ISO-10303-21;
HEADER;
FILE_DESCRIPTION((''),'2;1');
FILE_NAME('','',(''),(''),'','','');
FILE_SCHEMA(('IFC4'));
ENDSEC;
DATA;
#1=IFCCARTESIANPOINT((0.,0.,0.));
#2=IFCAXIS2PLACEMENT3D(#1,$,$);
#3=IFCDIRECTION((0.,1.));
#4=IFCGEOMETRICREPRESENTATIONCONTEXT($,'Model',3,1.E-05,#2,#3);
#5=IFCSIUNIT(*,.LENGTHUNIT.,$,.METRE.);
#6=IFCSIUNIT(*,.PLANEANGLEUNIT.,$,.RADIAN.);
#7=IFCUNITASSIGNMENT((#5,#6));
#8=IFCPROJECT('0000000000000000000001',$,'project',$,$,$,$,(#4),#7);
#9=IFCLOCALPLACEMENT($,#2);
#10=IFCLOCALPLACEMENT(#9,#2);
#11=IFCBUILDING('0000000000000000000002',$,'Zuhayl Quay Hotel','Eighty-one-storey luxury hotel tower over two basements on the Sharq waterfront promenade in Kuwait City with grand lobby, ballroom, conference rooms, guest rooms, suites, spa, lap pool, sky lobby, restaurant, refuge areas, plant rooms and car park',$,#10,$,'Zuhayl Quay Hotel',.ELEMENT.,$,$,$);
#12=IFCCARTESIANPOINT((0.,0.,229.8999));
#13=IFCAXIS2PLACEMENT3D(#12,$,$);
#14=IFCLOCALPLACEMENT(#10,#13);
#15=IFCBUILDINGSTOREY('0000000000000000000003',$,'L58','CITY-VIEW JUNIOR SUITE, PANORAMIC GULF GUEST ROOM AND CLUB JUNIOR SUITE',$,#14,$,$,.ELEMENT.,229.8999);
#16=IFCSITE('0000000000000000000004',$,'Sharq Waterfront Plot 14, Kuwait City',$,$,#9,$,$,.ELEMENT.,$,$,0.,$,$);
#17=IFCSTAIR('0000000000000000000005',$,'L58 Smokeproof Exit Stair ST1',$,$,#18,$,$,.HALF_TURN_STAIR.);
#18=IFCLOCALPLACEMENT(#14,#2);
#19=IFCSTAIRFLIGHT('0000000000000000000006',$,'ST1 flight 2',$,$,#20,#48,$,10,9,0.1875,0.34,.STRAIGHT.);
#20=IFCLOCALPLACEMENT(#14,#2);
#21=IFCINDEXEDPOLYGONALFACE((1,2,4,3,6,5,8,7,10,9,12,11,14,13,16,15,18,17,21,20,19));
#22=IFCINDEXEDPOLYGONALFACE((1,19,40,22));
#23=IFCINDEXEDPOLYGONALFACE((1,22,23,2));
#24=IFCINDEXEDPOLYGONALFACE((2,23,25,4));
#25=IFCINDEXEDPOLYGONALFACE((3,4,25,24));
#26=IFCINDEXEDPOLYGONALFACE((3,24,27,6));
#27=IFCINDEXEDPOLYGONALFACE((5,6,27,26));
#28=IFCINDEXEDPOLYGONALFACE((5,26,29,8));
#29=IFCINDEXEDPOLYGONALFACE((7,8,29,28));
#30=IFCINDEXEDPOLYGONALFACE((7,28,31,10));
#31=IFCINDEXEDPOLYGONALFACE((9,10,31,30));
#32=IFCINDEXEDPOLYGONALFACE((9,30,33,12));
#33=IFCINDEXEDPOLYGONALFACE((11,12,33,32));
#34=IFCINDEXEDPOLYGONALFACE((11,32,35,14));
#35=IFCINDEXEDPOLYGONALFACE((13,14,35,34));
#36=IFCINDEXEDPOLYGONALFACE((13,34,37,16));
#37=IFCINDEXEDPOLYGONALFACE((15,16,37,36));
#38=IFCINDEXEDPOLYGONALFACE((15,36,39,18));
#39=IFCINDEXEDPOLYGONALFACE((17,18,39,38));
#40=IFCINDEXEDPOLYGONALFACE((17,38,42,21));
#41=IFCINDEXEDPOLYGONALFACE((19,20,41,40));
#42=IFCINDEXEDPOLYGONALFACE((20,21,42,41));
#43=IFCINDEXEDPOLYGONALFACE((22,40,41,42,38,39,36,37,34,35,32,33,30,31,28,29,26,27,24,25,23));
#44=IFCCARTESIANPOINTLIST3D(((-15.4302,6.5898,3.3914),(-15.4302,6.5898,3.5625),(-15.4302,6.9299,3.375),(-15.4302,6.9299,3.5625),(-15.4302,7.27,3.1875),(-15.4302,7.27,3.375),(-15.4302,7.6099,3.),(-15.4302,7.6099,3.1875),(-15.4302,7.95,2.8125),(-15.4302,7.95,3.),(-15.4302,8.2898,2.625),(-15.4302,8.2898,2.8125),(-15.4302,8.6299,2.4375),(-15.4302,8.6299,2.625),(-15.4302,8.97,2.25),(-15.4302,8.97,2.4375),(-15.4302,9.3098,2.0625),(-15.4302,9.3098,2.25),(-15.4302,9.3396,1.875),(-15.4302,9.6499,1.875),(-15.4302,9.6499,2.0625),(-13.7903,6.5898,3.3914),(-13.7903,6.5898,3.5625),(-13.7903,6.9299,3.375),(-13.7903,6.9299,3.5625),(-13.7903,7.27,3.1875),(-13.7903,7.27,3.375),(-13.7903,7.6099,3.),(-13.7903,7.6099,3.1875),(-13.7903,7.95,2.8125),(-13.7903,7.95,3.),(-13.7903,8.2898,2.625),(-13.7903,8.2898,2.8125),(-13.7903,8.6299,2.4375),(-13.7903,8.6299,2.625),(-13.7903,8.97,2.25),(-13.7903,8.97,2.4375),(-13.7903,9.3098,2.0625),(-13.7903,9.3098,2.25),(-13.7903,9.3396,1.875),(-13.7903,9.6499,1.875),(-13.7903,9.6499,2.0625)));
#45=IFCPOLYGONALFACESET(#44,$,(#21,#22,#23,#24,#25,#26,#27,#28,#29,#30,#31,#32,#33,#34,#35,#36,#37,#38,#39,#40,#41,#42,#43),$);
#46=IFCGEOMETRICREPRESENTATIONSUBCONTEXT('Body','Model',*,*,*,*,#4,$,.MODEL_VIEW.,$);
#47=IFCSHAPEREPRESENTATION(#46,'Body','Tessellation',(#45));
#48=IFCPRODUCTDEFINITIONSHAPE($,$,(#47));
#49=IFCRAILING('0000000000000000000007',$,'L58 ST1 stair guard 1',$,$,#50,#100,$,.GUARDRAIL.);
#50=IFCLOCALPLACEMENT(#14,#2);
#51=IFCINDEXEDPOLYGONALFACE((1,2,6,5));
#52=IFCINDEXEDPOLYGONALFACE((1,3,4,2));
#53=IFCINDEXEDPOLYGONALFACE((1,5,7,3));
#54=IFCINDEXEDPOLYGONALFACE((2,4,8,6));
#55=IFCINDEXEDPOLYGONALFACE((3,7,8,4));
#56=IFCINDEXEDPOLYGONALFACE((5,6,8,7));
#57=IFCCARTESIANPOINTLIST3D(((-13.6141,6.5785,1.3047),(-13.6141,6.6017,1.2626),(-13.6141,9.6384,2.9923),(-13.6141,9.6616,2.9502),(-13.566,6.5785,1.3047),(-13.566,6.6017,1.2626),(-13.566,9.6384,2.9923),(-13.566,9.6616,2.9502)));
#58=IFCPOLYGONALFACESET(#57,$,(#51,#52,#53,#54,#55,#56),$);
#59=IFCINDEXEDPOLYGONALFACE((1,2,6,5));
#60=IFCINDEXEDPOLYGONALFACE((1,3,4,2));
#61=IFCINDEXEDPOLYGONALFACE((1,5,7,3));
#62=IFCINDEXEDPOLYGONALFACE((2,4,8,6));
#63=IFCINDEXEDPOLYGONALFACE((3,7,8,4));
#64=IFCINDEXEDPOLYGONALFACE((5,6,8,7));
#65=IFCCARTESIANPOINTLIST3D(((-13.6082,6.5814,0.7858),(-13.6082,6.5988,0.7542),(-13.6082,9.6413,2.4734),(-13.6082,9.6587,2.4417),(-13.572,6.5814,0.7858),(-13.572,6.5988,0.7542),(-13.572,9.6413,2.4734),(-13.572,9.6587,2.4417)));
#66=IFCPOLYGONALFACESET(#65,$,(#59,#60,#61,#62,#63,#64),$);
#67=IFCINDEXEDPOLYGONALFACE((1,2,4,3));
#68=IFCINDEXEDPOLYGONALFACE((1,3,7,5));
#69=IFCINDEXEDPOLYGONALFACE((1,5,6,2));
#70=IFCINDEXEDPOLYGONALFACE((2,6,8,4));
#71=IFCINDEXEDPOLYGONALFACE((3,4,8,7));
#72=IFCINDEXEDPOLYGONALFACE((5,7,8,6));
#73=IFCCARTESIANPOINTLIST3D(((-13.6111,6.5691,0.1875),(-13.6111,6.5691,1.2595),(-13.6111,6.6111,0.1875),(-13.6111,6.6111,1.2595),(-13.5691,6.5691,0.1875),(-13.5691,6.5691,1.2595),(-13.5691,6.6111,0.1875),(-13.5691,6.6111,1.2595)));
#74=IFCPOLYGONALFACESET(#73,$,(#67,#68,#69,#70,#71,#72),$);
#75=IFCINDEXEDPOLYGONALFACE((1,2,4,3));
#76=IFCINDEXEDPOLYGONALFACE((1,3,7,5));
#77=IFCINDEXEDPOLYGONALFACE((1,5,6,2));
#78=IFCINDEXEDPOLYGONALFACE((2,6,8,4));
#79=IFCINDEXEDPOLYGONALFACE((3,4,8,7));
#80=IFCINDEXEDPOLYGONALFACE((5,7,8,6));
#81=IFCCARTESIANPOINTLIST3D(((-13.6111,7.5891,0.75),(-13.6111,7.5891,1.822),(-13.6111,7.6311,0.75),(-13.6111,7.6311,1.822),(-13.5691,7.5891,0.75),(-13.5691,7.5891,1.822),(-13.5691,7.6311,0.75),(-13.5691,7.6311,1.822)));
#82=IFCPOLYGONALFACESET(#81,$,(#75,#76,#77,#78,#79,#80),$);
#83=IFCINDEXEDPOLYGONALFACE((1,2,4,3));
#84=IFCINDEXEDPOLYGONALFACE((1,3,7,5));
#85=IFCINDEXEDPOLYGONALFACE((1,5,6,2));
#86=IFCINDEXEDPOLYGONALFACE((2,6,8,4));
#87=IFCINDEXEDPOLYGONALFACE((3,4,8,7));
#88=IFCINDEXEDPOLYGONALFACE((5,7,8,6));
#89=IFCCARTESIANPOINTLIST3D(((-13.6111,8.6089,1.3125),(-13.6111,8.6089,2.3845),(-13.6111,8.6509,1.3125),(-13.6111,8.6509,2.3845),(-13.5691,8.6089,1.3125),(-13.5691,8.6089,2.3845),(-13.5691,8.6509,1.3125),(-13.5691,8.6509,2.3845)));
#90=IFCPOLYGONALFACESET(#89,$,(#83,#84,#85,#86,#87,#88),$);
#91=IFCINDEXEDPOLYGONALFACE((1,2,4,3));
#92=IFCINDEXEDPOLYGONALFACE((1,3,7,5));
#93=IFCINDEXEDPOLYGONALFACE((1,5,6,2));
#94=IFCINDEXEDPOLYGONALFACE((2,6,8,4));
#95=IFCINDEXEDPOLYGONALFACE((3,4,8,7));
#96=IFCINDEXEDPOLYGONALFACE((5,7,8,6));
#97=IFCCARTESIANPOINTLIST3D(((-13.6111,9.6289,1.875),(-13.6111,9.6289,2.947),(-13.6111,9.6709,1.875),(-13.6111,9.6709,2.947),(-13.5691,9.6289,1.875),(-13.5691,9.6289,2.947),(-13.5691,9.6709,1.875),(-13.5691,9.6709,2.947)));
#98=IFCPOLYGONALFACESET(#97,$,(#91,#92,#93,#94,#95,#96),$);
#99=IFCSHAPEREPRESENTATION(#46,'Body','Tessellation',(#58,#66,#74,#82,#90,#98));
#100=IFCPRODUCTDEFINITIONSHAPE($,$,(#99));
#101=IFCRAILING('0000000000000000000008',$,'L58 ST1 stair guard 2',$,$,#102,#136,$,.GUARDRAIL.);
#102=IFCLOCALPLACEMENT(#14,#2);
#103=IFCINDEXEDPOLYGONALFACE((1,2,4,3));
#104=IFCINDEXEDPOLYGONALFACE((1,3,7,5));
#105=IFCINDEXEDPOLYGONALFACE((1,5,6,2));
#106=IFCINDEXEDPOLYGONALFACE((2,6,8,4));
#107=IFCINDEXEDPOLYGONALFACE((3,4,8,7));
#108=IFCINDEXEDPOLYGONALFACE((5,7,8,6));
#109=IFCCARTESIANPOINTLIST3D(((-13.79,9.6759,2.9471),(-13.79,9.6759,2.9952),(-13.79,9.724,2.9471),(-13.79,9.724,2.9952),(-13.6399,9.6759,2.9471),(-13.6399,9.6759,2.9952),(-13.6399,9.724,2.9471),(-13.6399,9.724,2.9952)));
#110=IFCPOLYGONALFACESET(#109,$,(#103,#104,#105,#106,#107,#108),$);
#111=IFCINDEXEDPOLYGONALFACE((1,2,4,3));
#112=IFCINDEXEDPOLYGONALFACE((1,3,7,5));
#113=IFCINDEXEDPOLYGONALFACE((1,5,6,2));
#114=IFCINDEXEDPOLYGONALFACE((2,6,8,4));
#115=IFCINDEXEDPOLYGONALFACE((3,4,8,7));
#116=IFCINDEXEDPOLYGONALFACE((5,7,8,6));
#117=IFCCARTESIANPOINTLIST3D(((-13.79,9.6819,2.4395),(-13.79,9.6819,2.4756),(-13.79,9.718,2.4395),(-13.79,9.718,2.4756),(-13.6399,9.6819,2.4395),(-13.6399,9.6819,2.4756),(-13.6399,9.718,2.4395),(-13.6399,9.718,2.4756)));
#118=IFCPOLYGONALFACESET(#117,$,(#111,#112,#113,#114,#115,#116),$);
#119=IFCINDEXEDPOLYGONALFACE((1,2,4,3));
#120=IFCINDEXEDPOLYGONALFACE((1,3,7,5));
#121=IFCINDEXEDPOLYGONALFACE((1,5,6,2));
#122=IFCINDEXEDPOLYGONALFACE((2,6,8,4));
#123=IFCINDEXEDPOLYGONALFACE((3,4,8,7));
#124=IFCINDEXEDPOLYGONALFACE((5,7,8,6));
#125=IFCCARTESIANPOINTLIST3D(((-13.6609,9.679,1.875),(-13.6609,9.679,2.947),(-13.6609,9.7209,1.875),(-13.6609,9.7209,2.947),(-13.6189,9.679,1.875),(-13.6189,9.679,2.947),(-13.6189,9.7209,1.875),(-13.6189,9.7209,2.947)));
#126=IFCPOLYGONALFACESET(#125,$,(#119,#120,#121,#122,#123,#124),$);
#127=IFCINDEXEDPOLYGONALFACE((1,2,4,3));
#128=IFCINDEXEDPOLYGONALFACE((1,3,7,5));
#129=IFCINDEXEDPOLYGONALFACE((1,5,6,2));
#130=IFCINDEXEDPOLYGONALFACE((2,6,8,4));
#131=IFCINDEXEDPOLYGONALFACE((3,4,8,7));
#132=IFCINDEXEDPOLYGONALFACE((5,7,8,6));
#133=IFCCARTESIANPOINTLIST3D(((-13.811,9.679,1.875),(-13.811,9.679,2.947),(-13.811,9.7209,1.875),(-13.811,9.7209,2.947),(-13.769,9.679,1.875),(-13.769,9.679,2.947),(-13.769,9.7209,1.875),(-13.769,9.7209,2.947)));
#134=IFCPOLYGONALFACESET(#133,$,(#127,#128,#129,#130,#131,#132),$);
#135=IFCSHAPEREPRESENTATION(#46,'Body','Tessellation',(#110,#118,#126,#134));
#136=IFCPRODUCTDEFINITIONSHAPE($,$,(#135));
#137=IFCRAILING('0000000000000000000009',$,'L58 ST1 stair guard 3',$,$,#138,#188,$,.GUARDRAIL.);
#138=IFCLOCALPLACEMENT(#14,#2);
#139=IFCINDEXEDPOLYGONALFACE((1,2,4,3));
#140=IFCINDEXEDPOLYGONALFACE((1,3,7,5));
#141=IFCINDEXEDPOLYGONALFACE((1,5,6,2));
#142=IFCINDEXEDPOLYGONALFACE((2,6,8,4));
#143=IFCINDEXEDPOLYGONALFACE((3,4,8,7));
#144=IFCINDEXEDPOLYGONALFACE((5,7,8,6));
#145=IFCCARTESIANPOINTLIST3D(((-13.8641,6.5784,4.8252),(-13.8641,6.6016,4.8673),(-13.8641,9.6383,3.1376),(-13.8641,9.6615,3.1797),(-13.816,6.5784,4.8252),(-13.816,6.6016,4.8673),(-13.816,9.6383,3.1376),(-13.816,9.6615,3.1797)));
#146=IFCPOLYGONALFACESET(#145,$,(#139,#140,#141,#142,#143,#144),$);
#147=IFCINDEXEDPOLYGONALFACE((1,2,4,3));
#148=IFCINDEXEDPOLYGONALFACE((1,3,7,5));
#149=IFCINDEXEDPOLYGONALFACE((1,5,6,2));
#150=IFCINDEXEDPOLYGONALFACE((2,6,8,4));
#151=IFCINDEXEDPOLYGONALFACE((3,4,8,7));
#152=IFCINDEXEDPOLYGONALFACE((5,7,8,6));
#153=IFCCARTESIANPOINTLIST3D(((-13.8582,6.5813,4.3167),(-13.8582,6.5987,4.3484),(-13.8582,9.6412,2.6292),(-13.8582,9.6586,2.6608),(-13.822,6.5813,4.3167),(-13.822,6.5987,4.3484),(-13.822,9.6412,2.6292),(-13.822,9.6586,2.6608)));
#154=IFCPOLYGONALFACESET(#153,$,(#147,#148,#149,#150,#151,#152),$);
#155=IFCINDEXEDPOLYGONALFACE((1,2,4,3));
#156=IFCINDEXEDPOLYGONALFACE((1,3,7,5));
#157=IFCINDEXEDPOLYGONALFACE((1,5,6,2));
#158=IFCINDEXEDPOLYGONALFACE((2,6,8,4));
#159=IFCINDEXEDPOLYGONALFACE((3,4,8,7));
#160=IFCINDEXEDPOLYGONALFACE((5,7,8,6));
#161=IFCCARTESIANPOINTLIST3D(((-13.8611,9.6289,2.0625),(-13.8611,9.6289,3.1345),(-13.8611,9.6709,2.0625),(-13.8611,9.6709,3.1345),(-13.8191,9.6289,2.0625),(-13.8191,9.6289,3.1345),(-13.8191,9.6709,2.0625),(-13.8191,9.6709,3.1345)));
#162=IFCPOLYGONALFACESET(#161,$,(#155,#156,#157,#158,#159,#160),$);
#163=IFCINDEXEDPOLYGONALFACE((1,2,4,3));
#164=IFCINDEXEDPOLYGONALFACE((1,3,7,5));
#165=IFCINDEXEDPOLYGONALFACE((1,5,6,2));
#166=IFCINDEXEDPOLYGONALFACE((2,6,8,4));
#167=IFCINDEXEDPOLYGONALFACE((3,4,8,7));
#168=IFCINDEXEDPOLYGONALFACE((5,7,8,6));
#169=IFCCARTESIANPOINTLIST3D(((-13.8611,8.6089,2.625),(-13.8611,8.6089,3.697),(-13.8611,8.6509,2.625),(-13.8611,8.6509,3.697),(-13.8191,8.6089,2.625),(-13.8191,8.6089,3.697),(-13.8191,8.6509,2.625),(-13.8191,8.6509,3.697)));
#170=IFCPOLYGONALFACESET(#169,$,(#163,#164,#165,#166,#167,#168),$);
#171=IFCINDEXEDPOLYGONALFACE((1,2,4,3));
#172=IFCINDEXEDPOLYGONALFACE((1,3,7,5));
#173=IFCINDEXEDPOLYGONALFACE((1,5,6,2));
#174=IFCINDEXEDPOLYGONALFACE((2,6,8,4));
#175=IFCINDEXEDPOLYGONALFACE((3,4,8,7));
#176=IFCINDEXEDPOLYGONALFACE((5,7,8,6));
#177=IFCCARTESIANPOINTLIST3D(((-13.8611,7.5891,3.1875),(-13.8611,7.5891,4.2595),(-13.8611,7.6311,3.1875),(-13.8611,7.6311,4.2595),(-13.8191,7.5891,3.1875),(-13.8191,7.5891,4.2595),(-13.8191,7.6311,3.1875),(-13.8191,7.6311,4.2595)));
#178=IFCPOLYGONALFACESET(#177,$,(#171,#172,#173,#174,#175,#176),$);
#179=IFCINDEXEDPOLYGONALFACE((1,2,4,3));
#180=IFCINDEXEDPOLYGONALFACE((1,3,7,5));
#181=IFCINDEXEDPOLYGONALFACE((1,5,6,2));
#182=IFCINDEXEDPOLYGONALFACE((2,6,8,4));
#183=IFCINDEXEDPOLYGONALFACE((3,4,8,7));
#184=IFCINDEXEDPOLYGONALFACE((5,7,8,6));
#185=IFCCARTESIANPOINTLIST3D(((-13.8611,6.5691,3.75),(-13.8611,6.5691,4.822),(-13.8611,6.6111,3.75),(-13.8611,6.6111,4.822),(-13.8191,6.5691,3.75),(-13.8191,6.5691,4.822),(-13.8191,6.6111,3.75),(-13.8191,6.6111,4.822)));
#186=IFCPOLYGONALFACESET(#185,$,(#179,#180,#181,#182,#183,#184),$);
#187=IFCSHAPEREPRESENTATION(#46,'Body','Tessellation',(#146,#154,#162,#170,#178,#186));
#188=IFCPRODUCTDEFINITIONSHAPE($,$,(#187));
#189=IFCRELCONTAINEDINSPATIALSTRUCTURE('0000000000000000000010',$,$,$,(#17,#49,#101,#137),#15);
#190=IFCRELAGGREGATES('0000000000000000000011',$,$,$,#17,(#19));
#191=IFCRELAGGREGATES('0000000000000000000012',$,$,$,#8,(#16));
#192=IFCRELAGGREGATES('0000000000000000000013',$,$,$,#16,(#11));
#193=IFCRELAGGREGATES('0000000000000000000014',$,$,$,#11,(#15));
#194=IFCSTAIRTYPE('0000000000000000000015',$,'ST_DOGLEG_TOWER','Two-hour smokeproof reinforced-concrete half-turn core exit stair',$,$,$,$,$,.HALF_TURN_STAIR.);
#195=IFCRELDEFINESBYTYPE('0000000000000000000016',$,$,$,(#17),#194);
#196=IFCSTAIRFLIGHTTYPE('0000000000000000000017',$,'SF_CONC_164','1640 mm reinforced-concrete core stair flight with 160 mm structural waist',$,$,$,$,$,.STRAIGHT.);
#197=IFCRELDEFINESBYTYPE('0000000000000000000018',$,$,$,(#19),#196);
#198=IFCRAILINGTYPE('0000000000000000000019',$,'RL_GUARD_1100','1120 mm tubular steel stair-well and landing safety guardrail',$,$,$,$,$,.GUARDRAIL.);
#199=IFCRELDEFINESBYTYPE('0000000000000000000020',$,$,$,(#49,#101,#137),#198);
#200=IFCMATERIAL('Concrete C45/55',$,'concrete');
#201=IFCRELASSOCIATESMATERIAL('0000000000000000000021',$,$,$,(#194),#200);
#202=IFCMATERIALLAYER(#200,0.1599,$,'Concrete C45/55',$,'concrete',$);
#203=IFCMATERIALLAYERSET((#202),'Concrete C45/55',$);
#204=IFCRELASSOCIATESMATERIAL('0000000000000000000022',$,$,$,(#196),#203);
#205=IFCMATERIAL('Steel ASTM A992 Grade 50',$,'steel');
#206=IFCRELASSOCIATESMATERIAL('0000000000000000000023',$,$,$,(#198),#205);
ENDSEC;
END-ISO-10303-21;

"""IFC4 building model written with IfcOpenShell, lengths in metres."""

from ifc_helpers import new_model, si_unit, direction, frame, origin, origin_2d, place, context, subcontext, project, spatial, polyline, rectangle, outline, extrude, material, layer, layer_set, type_object, element, aggregate, save


model = new_model("IFC4")

# Units and contexts
model_context = context("Model", 3, precision=1e-05, world=origin(), true_north=direction((0.0, 1.0)))
body_context = subcontext(model_context, "Body", "Model", "MODEL_VIEW")
ifc_project = project(units=[si_unit("LENGTHUNIT", "METRE"), si_unit("PLANEANGLEUNIT", "RADIAN")], contexts=[model_context])

# Site, building, storey
site_placement = place(None, origin())
site = spatial("IfcSite", under=ifc_project, at=site_placement, Name="Sharq Waterfront Plot 14, Kuwait City", CompositionType="ELEMENT", RefElevation=0.0)
building_placement = place(site_placement, origin())
building = spatial("IfcBuilding", under=site, at=building_placement, Name="Zuhayl Quay Hotel", Description="Eighty-one-storey luxury hotel tower over two basements on the Sharq waterfront promenade in Kuwait City with grand lobby, ballroom, conference rooms, guest rooms, suites, spa, lap pool, sky lobby, restaurant, refuge areas, plant rooms and car park", LongName="Zuhayl Quay Hotel", CompositionType="ELEMENT")
storey_placement = place(building_placement, frame((0.0, 0.0, 229.8999)))
storey = spatial("IfcBuildingStorey", under=building, at=storey_placement, Name="L58", Description="CITY-VIEW JUNIOR SUITE, PANORAMIC GULF GUEST ROOM AND CLUB JUNIOR SUITE", CompositionType="ELEMENT", Elevation=229.8999)

# Shared definitions
ifc_material_1 = material(Name="Steel ASTM A992 Grade 50", Category="steel")

# Stair, stair flight
ifc_material_2 = material(Name="Concrete C45/55", Category="concrete")
stair_type = type_object("IfcStairType", Name="ST_DOGLEG_TOWER", Description="Two-hour smokeproof reinforced-concrete half-turn core exit stair", PredefinedType="HALF_TURN_STAIR", material=ifc_material_2)
stair_placement = place(storey_placement, origin())
stair = element("IfcStair", 1, at=stair_placement, inside=storey, type_object=stair_type, Name="L58 Smokeproof Exit Stair ST1", PredefinedType="HALF_TURN_STAIR")
ifc_layer_1 = layer(ifc_material_2, 0.1599, Name="Concrete C45/55", Category="concrete")
ifc_layer_set_1 = layer_set([ifc_layer_1], Name="Concrete C45/55")
stair_flight_type = type_object("IfcStairFlightType", Name="SF_CONC_164", Description="1640 mm reinforced-concrete core stair flight with 160 mm structural waist", PredefinedType="STRAIGHT", material=ifc_layer_set_1)
stair_flight_1_placement = place(storey_placement, frame((-14.6101, 9.6499, 1.875), z_axis=(0.0, 0.0, 1.0), x_axis=(0.0, -1.0, 0.0)))
stair_flight_1 = element("IfcStairFlight", 2, at=stair_flight_1_placement, type_object=stair_flight_type, Name="ST1 flight 2", NumberOfRisers=10, NumberOfTreads=9, PredefinedType="STRAIGHT", RiserHeight=0.1875, TreadLength=0.34, context=body_context, shape_type="SweptSolid", body=[
    extrude(outline(polyline([(0.0, 0.0), (0.0, 0.1875), (0.3401, 0.1875), (0.3401, 0.375), (0.6799, 0.375), (0.6799, 0.5625), (1.02, 0.5625), (1.02, 0.75), (1.3601, 0.75), (1.3601, 0.9375), (1.7, 0.9375), (1.7, 1.125), (2.04, 1.125), (2.04, 1.3125), (2.3799, 1.3125), (2.3799, 1.5), (2.72, 1.5), (2.72, 1.6875), (3.0601, 1.6875), (3.0601, 1.875), (3.0601, 1.5164), (0.3103, 0.0), (0.0, 0.0)])), frame((0.0, 0.8198, 0.0), z_axis=(0.0, -1.0, 0.0), x_axis=(1.0, 0.0, 0.0)), (0.0, 0.0, 1.0), 1.6399),
])
aggregate(stair, [stair_flight_1])

# Railings
railing_type_1 = type_object("IfcRailingType", Name="RL_GUARD_1100", Description="1120 mm tubular steel stair-well and landing safety guardrail", PredefinedType="GUARDRAIL", material=ifc_material_1)
railing_1_placement = place(storey_placement, frame((-13.5901, 6.5901, 0.1875)))
element("IfcRailing", 3, at=railing_1_placement, inside=storey, type_object=railing_type_1, Name="L58 ST1 stair guard 1", PredefinedType="GUARDRAIL", context=body_context, shape_type="SweptSolid", body=[
    extrude(rectangle(XDim=0.0481, YDim=0.0481, at=origin_2d()), frame((0.0, 0.0, 1.0962), z_axis=(0.0, 0.875659, 0.48293), x_axis=(-1.0, 0.0, 0.0)), (0.0, 0.0, 1.0), 3.4944),
    extrude(rectangle(XDim=0.0361, YDim=0.0361, at=origin_2d()), frame((0.0, 0.0, 0.5825), z_axis=(0.0, 0.875659, 0.48293), x_axis=(-1.0, 0.0, 0.0)), (0.0, 0.0, 1.0), 3.4944),
    extrude(rectangle(XDim=0.042, YDim=0.042, at=origin_2d()), origin(), (0.0, 0.0, 1.0), 1.072),
    extrude(rectangle(XDim=0.042, YDim=0.042, at=origin_2d()), frame((0.0, 1.02, 0.5625)), (0.0, 0.0, 1.0), 1.072),
    extrude(rectangle(XDim=0.042, YDim=0.042, at=origin_2d()), frame((0.0, 2.0398, 1.125)), (0.0, 0.0, 1.0), 1.072),
    extrude(rectangle(XDim=0.042, YDim=0.042, at=origin_2d()), frame((0.0, 3.0598, 1.6875)), (0.0, 0.0, 1.0), 1.072),
])
railing_2_placement = place(storey_placement, frame((-13.6399, 9.7, 1.875)))
element("IfcRailing", 4, at=railing_2_placement, inside=storey, type_object=railing_type_1, Name="L58 ST1 stair guard 2", PredefinedType="GUARDRAIL", context=body_context, shape_type="SweptSolid", body=[
    extrude(rectangle(XDim=0.0481, YDim=0.0481, at=origin_2d()), frame((0.0, 0.0, 1.0962), z_axis=(-1.0, 0.0, 0.0), x_axis=(0.0, -1.0, 0.0)), (0.0, 0.0, 1.0), 0.1501),
    extrude(rectangle(XDim=0.0361, YDim=0.0361, at=origin_2d()), frame((0.0, 0.0, 0.5825), z_axis=(-1.0, 0.0, 0.0), x_axis=(0.0, -1.0, 0.0)), (0.0, 0.0, 1.0), 0.1501),
    extrude(rectangle(XDim=0.042, YDim=0.042, at=origin_2d()), origin(), (0.0, 0.0, 1.0), 1.072),
    extrude(rectangle(XDim=0.042, YDim=0.042, at=origin_2d()), frame((-0.1501, 0.0, 0.0)), (0.0, 0.0, 1.0), 1.072),
])
railing_3_placement = place(storey_placement, frame((-13.8401, 9.6499, 2.0625)))
element("IfcRailing", 5, at=railing_3_placement, inside=storey, type_object=railing_type_1, Name="L58 ST1 stair guard 3", PredefinedType="GUARDRAIL", context=body_context, shape_type="SweptSolid", body=[
    extrude(rectangle(XDim=0.0481, YDim=0.0481, at=origin_2d()), frame((0.0, 0.0, 1.0962), z_axis=(0.0, -0.875659, 0.48293), x_axis=(1.0, 0.0, 0.0)), (0.0, 0.0, 1.0), 3.4944),
    extrude(rectangle(XDim=0.0361, YDim=0.0361, at=origin_2d()), frame((0.0, 0.0, 0.5825), z_axis=(0.0, -0.875659, 0.48293), x_axis=(1.0, 0.0, 0.0)), (0.0, 0.0, 1.0), 3.4944),
    extrude(rectangle(XDim=0.042, YDim=0.042, at=origin_2d()), origin(), (0.0, 0.0, 1.0), 1.072),
    extrude(rectangle(XDim=0.042, YDim=0.042, at=origin_2d()), frame((0.0, -1.02, 0.5625)), (0.0, 0.0, 1.0), 1.072),
    extrude(rectangle(XDim=0.042, YDim=0.042, at=origin_2d()), frame((0.0, -2.0398, 1.125)), (0.0, 0.0, 1.0), 1.072),
    extrude(rectangle(XDim=0.042, YDim=0.042, at=origin_2d()), frame((0.0, -3.0598, 1.6875)), (0.0, 0.0, 1.0), 1.072),
])

save(model, "model.ifc")
